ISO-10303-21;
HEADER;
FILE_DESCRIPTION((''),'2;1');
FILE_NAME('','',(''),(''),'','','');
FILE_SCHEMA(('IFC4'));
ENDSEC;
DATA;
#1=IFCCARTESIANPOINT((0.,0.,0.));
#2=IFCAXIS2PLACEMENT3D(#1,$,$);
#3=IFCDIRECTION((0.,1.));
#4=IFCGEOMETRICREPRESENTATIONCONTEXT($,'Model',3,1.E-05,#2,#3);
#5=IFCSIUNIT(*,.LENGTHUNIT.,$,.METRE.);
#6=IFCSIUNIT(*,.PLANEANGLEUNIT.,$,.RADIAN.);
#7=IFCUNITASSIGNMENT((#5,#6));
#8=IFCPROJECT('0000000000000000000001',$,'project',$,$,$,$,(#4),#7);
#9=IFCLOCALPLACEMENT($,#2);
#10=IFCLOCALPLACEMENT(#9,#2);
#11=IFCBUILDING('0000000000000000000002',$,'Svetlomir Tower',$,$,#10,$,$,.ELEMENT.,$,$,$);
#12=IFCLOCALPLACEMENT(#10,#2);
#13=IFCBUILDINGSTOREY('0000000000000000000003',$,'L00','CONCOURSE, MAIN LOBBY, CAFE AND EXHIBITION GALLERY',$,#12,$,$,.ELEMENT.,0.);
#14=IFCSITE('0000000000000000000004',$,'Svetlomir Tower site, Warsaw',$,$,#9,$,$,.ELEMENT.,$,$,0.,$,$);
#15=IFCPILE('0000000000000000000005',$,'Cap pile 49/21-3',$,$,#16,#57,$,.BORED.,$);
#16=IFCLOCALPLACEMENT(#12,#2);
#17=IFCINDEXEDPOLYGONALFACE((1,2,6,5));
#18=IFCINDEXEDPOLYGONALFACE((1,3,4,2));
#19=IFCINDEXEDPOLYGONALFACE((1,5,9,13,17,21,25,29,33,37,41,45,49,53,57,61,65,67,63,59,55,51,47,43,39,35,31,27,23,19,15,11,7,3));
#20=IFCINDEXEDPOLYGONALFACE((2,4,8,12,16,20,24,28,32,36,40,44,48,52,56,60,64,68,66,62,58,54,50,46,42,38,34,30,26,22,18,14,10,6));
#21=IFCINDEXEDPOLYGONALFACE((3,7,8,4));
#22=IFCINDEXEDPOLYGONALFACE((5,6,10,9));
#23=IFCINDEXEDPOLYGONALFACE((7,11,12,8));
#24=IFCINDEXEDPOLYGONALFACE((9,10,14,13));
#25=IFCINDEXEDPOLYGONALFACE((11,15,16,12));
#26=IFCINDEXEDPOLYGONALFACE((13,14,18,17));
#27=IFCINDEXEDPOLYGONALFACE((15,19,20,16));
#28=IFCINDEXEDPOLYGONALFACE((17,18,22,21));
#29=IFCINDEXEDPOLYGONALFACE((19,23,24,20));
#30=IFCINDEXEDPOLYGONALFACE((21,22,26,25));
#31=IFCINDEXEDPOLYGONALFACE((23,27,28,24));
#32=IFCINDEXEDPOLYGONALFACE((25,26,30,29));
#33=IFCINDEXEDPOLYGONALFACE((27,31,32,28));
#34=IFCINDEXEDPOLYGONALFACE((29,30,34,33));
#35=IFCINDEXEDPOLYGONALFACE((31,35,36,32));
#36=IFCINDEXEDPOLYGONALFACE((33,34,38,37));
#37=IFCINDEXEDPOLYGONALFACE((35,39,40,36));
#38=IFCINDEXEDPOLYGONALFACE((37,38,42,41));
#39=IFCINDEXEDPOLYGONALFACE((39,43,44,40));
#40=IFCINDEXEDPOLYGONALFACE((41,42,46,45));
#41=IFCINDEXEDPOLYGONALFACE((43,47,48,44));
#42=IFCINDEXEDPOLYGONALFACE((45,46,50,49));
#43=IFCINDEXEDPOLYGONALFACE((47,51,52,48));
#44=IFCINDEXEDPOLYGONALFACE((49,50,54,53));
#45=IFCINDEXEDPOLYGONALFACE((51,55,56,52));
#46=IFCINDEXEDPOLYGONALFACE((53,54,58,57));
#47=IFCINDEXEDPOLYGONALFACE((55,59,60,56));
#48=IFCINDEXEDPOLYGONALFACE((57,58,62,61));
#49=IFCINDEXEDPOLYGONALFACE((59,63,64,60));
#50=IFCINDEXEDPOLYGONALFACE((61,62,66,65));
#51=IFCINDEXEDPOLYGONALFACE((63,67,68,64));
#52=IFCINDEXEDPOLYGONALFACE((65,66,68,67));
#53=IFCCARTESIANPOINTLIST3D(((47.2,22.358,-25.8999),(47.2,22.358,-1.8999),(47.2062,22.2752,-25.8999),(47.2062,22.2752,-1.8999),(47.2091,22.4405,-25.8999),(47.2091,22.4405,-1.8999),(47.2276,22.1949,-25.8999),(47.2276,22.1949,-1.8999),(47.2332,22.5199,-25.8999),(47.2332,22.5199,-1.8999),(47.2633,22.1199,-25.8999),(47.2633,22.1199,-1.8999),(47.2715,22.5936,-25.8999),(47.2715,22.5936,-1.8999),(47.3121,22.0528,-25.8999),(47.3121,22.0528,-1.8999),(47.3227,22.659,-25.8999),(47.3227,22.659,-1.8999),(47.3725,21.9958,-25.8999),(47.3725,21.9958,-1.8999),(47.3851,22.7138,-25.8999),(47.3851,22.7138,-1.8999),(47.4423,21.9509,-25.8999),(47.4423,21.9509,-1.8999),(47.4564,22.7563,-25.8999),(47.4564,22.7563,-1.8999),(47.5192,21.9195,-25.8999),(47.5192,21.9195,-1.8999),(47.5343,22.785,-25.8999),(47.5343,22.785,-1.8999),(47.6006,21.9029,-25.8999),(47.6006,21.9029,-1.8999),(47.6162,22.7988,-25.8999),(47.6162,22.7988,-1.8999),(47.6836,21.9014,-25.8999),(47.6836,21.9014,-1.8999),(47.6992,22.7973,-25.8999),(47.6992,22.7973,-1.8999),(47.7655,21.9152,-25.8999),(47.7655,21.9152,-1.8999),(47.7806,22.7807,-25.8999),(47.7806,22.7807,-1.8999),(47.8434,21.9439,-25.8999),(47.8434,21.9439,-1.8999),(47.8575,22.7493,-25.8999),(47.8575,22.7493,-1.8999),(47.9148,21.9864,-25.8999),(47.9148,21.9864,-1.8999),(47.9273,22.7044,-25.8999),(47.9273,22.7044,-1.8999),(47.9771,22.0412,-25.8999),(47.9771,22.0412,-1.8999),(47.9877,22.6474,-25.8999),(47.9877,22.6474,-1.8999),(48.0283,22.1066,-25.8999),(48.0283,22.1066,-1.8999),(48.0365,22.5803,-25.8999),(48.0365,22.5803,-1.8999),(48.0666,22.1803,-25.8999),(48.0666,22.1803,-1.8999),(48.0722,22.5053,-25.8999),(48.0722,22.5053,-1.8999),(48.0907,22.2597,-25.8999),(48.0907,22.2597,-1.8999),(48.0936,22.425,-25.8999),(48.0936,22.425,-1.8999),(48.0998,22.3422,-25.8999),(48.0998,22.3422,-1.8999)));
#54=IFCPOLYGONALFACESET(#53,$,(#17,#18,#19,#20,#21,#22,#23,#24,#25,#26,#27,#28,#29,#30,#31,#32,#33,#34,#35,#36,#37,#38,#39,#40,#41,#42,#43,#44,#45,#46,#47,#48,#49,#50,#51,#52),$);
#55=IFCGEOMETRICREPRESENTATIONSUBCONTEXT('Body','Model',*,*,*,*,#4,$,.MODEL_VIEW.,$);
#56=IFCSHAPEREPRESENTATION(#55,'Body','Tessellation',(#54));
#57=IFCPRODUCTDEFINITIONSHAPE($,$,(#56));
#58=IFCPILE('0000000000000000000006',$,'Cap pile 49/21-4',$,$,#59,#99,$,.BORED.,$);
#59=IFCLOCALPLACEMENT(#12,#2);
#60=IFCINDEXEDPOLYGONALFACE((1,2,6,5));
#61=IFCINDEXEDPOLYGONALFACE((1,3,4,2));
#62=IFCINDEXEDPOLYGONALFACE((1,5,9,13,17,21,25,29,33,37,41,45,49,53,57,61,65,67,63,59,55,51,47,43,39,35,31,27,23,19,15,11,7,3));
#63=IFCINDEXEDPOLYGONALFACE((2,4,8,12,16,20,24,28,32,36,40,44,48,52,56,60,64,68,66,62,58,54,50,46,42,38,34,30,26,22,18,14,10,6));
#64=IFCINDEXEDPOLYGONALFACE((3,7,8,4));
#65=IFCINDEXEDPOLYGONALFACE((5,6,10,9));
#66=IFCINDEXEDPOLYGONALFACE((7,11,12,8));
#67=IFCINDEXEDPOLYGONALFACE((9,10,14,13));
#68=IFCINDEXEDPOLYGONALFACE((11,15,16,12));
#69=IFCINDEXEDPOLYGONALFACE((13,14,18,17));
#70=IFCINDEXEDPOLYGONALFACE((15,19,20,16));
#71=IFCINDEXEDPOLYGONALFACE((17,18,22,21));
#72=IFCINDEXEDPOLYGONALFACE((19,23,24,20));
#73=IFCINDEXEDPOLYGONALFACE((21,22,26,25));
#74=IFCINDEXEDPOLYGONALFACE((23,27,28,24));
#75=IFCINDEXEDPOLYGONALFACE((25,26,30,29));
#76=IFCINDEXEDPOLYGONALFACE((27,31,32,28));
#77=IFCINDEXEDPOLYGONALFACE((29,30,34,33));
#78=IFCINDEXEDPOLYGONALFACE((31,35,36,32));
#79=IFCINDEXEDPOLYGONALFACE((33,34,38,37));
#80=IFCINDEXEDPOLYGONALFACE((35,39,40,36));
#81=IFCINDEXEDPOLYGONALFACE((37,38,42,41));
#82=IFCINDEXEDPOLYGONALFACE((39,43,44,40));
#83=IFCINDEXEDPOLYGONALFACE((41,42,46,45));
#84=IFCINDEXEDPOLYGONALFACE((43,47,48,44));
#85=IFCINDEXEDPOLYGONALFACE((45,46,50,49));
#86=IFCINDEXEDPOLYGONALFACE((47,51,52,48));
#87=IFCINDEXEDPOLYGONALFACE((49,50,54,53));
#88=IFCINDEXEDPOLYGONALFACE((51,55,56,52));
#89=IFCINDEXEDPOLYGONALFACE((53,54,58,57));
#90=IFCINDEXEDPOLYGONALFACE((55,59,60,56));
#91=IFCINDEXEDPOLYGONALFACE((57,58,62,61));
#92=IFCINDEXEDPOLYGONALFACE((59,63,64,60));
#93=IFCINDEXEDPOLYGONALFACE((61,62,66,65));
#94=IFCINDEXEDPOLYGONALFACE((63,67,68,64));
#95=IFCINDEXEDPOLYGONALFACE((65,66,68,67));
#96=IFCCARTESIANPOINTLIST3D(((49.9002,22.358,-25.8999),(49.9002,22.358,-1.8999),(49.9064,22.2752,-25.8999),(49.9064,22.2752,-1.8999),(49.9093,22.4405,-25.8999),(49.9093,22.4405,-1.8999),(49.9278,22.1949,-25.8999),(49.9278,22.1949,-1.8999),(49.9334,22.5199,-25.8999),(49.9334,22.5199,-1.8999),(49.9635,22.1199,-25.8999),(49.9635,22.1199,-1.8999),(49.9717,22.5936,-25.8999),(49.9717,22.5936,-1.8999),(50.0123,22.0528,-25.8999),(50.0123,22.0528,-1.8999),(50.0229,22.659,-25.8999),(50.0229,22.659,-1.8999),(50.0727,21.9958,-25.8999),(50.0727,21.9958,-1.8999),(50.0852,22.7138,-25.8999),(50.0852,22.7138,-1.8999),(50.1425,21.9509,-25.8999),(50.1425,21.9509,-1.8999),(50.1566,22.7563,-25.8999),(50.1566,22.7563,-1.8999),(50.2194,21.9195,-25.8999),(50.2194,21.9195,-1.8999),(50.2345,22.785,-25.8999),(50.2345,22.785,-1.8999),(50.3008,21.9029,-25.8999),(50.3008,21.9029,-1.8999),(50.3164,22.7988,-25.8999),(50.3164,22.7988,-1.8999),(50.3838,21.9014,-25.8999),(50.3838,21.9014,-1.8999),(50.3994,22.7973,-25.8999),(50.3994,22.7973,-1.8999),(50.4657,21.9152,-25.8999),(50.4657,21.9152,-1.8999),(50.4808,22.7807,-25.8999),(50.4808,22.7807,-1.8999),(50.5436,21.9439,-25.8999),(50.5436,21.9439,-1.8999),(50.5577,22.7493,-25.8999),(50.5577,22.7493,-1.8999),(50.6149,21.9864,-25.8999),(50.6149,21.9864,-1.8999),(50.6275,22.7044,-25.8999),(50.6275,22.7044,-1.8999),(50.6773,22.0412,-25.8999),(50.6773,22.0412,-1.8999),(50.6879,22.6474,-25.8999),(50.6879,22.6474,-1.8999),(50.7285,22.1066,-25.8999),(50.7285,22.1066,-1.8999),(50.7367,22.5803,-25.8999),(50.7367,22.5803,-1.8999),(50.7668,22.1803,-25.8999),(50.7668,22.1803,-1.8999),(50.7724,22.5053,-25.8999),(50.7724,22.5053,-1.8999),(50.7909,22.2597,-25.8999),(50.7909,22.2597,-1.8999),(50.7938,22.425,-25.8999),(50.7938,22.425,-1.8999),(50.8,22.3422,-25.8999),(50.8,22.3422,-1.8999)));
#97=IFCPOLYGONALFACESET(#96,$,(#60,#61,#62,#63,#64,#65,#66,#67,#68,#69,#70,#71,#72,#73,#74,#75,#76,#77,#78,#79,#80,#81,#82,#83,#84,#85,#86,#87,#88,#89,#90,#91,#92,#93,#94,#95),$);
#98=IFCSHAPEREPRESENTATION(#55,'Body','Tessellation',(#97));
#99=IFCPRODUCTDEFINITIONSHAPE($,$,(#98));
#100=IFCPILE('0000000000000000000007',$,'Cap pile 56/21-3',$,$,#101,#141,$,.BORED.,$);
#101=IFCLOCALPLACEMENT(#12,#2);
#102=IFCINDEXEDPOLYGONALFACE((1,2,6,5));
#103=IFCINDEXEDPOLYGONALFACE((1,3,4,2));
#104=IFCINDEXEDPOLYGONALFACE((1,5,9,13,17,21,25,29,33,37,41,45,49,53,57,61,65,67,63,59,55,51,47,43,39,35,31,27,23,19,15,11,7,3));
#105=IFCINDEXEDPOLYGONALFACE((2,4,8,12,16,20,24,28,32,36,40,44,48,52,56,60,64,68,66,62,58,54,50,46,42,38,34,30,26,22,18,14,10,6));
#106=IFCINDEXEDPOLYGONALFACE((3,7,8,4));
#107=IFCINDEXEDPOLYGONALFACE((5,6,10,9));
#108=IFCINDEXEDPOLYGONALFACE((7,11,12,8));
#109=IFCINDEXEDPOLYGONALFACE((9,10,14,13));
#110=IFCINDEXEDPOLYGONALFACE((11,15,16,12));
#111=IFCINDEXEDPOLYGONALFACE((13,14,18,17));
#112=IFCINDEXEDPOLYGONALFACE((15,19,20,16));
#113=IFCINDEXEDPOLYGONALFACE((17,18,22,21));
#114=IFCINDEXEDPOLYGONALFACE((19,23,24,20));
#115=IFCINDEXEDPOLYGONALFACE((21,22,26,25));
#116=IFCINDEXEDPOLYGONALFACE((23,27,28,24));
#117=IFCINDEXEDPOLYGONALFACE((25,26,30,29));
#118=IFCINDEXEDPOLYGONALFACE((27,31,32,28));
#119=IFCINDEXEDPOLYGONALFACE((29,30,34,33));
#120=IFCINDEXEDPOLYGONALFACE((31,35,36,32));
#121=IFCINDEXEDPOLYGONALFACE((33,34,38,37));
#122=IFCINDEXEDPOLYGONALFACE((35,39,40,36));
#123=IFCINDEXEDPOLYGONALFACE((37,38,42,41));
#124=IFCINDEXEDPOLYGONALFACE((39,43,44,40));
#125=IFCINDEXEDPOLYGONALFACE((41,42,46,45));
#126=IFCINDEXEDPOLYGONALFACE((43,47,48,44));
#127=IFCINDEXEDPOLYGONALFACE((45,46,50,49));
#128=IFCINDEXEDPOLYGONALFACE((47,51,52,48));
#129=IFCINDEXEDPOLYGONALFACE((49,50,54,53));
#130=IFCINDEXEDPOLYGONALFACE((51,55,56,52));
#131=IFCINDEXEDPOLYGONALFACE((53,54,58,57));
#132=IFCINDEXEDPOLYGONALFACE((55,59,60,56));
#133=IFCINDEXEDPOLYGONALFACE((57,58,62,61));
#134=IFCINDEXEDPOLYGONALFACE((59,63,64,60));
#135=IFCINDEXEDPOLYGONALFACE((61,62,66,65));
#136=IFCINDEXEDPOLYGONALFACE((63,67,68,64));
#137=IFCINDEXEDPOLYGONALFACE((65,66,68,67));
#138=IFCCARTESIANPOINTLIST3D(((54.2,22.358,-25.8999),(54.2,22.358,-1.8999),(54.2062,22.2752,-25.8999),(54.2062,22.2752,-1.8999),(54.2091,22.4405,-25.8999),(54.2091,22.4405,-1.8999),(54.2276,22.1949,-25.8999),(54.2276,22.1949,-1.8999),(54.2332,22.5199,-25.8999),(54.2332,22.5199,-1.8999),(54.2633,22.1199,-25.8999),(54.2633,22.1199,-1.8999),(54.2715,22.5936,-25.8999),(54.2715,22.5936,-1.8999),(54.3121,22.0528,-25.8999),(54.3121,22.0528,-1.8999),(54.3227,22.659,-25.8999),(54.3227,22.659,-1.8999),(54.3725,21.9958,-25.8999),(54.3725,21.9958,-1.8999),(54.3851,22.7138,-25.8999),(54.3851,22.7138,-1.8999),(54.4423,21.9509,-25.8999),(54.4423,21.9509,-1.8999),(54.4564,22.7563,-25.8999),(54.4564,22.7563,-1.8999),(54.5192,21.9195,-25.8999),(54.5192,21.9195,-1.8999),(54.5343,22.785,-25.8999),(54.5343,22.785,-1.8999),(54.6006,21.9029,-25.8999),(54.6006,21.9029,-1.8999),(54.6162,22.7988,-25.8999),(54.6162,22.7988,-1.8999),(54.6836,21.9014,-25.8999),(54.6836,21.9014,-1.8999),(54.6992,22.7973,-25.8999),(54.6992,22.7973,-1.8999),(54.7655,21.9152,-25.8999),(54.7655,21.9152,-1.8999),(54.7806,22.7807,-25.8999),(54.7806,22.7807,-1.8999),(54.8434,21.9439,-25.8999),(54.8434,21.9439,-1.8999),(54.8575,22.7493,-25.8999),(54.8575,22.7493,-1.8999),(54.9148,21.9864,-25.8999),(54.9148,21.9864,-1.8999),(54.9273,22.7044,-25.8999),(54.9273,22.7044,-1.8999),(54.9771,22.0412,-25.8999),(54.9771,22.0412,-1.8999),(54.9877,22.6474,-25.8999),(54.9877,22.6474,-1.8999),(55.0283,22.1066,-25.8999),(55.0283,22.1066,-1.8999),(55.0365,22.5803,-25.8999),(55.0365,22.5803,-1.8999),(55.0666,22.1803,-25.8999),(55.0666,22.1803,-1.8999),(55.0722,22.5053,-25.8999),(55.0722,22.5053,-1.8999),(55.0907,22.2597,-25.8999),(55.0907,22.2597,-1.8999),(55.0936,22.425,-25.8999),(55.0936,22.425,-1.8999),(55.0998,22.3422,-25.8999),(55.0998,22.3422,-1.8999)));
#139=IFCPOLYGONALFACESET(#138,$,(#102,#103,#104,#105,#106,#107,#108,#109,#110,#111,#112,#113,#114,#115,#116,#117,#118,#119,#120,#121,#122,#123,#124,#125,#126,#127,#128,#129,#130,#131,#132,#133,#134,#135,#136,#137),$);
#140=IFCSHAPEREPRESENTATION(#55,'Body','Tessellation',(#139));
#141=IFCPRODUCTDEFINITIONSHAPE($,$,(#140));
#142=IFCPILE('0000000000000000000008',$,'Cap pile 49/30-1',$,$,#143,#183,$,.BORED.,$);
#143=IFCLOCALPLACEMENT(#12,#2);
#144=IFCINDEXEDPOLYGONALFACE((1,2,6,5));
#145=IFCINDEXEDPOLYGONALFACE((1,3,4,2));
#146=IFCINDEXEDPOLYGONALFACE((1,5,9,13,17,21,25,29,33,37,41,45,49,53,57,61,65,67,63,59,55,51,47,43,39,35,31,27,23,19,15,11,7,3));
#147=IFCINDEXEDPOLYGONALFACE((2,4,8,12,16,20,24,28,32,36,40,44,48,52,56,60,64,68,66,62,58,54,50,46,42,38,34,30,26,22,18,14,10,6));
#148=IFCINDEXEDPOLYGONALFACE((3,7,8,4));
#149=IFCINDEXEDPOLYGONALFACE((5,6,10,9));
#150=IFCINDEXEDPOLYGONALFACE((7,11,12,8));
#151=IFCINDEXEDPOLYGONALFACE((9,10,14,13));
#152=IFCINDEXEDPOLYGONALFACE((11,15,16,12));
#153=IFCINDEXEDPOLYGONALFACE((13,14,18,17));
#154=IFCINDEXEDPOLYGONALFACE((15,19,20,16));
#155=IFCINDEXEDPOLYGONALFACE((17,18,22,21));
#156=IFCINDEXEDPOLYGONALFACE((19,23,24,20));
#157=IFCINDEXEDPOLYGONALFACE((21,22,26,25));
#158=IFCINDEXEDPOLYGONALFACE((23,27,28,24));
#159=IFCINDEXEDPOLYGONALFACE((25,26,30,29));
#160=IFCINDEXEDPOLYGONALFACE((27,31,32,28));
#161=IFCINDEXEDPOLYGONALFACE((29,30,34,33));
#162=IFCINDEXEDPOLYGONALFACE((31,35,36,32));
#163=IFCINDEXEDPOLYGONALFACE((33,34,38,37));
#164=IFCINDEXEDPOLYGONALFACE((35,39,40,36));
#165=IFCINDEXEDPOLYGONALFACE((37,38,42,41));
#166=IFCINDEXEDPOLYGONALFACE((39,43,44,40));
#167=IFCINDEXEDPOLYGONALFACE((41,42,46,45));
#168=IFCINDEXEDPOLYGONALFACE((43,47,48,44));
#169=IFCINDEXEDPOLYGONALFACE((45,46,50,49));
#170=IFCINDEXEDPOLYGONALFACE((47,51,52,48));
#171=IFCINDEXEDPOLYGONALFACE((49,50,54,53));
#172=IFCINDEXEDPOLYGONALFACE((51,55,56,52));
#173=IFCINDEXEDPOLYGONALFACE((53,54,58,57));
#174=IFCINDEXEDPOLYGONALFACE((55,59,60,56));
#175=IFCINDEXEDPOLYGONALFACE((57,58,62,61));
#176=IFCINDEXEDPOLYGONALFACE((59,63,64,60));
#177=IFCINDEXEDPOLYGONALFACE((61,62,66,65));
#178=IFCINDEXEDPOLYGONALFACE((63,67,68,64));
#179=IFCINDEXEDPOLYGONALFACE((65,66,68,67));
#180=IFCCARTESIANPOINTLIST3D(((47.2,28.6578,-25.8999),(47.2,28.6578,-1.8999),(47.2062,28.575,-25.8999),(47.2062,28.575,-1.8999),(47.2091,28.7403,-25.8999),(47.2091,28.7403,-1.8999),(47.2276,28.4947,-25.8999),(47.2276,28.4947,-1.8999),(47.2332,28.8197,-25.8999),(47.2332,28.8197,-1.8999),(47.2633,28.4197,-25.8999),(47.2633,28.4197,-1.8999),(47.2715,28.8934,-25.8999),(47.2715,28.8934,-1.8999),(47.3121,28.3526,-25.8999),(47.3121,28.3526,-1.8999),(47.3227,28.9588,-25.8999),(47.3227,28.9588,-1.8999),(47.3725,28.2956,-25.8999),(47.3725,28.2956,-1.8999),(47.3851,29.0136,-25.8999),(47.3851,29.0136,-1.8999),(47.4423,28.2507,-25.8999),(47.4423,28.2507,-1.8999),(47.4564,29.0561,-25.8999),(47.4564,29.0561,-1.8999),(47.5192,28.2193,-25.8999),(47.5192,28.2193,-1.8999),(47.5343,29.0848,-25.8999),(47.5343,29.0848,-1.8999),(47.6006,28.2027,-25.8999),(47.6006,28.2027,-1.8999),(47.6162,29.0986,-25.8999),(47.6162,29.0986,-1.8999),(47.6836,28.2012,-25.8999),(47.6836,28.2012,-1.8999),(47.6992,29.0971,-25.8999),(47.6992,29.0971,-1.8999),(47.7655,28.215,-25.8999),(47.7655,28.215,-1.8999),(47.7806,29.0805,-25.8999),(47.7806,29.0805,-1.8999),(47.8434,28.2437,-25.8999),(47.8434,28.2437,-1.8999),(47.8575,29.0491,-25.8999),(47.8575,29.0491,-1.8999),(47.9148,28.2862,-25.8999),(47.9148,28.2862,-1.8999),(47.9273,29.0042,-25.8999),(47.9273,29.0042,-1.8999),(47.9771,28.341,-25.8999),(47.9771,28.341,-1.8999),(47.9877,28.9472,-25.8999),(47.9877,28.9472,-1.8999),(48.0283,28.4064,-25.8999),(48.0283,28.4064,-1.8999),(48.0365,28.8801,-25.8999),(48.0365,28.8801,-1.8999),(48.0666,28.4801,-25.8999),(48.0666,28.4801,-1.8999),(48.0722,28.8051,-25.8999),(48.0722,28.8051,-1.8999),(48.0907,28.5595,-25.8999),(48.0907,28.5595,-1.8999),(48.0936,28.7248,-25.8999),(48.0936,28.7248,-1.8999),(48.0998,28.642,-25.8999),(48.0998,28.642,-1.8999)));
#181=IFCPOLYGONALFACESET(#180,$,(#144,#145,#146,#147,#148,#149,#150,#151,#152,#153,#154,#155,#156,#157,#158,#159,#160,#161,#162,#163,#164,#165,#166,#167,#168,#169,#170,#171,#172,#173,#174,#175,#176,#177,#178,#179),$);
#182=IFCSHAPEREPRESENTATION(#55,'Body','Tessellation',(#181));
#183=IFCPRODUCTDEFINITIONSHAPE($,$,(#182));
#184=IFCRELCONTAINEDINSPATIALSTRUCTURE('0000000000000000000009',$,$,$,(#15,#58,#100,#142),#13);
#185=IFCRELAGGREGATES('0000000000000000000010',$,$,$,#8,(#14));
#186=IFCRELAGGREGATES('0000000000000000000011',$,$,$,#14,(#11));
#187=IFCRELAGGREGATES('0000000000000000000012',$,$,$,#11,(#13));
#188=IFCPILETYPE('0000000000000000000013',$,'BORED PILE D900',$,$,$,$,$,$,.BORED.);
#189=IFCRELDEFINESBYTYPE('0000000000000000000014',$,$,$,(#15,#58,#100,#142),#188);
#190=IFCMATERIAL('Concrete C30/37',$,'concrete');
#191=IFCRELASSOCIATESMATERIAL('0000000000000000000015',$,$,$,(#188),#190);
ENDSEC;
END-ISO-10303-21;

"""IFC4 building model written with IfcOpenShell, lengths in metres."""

from ifc_helpers import new_model, si_unit, direction, frame, frame_2d, origin, origin_2d, place, context, subcontext, project, spatial, circle, extrude, material, material_profile, profile_set, type_object, element, save


model = new_model("IFC4")

# Units and contexts
model_context = context("Model", 3, precision=1e-05, world=origin(), true_north=direction((0.0, 1.0)))
body_context = subcontext(model_context, "Body", "Model", "MODEL_VIEW")
ifc_project = project(units=[si_unit("LENGTHUNIT", "METRE"), si_unit("PLANEANGLEUNIT", "RADIAN")], contexts=[model_context])

# Site, building, storey
site_placement = place(None, origin())
site = spatial("IfcSite", under=ifc_project, at=site_placement, Name="Svetlomir Tower site, Warsaw", CompositionType="ELEMENT", RefElevation=0.0)
building_placement = place(site_placement, origin())
building = spatial("IfcBuilding", under=site, at=building_placement, Name="Svetlomir Tower", CompositionType="ELEMENT")
storey_placement = place(building_placement, origin())
storey = spatial("IfcBuildingStorey", under=building, at=storey_placement, Name="L00", Description="CONCOURSE, MAIN LOBBY, CAFE AND EXHIBITION GALLERY", CompositionType="ELEMENT", Elevation=0.0)

# Piles
ifc_material_1 = material(Name="Concrete C30/37", Category="concrete")
ifc_material_profile_1 = material_profile(ifc_material_1, circle(Radius=0.45, at=origin_2d()), Name="RC D900")
ifc_profile_set_1 = profile_set([ifc_material_profile_1], Name="Concrete C30/37")
pile_type = type_object("IfcPileType", Name="BORED PILE D900", PredefinedType="BORED", material=ifc_profile_set_1)
for number, where, z_axis, x_axis, name in (
    (1, (47.6499, 22.3501, -1.8999), (0.0, 0.0, -1.0), (1.0, 0.0, 0.0), "Cap pile 49/21-3"),
    (2, (50.3501, 22.3501, -1.8999), (0.0, 0.0, -1.0), (1.0, 0.0, 0.0), "Cap pile 49/21-4"),
    (3, (54.6499, 22.3501, -1.8999), (0.0, 0.0, -1.0), (1.0, 0.0, 0.0), "Cap pile 56/21-3"),
    (4, (47.6499, 28.6499, -1.8999), (0.0, 0.0, -1.0), (1.0, 0.0, 0.0), "Cap pile 49/30-1"),
):
    element("IfcPile", number, at=place(storey_placement, frame(where, z_axis=z_axis, x_axis=x_axis)), inside=storey, type_object=pile_type, Name=name, PredefinedType="BORED", context=body_context, shape_type="SweptSolid", body=[
        extrude(circle(Radius=0.45, at=frame_2d((0.0, 0.0), x_axis=(0.999848, 0.017452))), origin(), (0.0, 0.0, 1.0), 24.0),
    ])

save(model, "model.ifc")
